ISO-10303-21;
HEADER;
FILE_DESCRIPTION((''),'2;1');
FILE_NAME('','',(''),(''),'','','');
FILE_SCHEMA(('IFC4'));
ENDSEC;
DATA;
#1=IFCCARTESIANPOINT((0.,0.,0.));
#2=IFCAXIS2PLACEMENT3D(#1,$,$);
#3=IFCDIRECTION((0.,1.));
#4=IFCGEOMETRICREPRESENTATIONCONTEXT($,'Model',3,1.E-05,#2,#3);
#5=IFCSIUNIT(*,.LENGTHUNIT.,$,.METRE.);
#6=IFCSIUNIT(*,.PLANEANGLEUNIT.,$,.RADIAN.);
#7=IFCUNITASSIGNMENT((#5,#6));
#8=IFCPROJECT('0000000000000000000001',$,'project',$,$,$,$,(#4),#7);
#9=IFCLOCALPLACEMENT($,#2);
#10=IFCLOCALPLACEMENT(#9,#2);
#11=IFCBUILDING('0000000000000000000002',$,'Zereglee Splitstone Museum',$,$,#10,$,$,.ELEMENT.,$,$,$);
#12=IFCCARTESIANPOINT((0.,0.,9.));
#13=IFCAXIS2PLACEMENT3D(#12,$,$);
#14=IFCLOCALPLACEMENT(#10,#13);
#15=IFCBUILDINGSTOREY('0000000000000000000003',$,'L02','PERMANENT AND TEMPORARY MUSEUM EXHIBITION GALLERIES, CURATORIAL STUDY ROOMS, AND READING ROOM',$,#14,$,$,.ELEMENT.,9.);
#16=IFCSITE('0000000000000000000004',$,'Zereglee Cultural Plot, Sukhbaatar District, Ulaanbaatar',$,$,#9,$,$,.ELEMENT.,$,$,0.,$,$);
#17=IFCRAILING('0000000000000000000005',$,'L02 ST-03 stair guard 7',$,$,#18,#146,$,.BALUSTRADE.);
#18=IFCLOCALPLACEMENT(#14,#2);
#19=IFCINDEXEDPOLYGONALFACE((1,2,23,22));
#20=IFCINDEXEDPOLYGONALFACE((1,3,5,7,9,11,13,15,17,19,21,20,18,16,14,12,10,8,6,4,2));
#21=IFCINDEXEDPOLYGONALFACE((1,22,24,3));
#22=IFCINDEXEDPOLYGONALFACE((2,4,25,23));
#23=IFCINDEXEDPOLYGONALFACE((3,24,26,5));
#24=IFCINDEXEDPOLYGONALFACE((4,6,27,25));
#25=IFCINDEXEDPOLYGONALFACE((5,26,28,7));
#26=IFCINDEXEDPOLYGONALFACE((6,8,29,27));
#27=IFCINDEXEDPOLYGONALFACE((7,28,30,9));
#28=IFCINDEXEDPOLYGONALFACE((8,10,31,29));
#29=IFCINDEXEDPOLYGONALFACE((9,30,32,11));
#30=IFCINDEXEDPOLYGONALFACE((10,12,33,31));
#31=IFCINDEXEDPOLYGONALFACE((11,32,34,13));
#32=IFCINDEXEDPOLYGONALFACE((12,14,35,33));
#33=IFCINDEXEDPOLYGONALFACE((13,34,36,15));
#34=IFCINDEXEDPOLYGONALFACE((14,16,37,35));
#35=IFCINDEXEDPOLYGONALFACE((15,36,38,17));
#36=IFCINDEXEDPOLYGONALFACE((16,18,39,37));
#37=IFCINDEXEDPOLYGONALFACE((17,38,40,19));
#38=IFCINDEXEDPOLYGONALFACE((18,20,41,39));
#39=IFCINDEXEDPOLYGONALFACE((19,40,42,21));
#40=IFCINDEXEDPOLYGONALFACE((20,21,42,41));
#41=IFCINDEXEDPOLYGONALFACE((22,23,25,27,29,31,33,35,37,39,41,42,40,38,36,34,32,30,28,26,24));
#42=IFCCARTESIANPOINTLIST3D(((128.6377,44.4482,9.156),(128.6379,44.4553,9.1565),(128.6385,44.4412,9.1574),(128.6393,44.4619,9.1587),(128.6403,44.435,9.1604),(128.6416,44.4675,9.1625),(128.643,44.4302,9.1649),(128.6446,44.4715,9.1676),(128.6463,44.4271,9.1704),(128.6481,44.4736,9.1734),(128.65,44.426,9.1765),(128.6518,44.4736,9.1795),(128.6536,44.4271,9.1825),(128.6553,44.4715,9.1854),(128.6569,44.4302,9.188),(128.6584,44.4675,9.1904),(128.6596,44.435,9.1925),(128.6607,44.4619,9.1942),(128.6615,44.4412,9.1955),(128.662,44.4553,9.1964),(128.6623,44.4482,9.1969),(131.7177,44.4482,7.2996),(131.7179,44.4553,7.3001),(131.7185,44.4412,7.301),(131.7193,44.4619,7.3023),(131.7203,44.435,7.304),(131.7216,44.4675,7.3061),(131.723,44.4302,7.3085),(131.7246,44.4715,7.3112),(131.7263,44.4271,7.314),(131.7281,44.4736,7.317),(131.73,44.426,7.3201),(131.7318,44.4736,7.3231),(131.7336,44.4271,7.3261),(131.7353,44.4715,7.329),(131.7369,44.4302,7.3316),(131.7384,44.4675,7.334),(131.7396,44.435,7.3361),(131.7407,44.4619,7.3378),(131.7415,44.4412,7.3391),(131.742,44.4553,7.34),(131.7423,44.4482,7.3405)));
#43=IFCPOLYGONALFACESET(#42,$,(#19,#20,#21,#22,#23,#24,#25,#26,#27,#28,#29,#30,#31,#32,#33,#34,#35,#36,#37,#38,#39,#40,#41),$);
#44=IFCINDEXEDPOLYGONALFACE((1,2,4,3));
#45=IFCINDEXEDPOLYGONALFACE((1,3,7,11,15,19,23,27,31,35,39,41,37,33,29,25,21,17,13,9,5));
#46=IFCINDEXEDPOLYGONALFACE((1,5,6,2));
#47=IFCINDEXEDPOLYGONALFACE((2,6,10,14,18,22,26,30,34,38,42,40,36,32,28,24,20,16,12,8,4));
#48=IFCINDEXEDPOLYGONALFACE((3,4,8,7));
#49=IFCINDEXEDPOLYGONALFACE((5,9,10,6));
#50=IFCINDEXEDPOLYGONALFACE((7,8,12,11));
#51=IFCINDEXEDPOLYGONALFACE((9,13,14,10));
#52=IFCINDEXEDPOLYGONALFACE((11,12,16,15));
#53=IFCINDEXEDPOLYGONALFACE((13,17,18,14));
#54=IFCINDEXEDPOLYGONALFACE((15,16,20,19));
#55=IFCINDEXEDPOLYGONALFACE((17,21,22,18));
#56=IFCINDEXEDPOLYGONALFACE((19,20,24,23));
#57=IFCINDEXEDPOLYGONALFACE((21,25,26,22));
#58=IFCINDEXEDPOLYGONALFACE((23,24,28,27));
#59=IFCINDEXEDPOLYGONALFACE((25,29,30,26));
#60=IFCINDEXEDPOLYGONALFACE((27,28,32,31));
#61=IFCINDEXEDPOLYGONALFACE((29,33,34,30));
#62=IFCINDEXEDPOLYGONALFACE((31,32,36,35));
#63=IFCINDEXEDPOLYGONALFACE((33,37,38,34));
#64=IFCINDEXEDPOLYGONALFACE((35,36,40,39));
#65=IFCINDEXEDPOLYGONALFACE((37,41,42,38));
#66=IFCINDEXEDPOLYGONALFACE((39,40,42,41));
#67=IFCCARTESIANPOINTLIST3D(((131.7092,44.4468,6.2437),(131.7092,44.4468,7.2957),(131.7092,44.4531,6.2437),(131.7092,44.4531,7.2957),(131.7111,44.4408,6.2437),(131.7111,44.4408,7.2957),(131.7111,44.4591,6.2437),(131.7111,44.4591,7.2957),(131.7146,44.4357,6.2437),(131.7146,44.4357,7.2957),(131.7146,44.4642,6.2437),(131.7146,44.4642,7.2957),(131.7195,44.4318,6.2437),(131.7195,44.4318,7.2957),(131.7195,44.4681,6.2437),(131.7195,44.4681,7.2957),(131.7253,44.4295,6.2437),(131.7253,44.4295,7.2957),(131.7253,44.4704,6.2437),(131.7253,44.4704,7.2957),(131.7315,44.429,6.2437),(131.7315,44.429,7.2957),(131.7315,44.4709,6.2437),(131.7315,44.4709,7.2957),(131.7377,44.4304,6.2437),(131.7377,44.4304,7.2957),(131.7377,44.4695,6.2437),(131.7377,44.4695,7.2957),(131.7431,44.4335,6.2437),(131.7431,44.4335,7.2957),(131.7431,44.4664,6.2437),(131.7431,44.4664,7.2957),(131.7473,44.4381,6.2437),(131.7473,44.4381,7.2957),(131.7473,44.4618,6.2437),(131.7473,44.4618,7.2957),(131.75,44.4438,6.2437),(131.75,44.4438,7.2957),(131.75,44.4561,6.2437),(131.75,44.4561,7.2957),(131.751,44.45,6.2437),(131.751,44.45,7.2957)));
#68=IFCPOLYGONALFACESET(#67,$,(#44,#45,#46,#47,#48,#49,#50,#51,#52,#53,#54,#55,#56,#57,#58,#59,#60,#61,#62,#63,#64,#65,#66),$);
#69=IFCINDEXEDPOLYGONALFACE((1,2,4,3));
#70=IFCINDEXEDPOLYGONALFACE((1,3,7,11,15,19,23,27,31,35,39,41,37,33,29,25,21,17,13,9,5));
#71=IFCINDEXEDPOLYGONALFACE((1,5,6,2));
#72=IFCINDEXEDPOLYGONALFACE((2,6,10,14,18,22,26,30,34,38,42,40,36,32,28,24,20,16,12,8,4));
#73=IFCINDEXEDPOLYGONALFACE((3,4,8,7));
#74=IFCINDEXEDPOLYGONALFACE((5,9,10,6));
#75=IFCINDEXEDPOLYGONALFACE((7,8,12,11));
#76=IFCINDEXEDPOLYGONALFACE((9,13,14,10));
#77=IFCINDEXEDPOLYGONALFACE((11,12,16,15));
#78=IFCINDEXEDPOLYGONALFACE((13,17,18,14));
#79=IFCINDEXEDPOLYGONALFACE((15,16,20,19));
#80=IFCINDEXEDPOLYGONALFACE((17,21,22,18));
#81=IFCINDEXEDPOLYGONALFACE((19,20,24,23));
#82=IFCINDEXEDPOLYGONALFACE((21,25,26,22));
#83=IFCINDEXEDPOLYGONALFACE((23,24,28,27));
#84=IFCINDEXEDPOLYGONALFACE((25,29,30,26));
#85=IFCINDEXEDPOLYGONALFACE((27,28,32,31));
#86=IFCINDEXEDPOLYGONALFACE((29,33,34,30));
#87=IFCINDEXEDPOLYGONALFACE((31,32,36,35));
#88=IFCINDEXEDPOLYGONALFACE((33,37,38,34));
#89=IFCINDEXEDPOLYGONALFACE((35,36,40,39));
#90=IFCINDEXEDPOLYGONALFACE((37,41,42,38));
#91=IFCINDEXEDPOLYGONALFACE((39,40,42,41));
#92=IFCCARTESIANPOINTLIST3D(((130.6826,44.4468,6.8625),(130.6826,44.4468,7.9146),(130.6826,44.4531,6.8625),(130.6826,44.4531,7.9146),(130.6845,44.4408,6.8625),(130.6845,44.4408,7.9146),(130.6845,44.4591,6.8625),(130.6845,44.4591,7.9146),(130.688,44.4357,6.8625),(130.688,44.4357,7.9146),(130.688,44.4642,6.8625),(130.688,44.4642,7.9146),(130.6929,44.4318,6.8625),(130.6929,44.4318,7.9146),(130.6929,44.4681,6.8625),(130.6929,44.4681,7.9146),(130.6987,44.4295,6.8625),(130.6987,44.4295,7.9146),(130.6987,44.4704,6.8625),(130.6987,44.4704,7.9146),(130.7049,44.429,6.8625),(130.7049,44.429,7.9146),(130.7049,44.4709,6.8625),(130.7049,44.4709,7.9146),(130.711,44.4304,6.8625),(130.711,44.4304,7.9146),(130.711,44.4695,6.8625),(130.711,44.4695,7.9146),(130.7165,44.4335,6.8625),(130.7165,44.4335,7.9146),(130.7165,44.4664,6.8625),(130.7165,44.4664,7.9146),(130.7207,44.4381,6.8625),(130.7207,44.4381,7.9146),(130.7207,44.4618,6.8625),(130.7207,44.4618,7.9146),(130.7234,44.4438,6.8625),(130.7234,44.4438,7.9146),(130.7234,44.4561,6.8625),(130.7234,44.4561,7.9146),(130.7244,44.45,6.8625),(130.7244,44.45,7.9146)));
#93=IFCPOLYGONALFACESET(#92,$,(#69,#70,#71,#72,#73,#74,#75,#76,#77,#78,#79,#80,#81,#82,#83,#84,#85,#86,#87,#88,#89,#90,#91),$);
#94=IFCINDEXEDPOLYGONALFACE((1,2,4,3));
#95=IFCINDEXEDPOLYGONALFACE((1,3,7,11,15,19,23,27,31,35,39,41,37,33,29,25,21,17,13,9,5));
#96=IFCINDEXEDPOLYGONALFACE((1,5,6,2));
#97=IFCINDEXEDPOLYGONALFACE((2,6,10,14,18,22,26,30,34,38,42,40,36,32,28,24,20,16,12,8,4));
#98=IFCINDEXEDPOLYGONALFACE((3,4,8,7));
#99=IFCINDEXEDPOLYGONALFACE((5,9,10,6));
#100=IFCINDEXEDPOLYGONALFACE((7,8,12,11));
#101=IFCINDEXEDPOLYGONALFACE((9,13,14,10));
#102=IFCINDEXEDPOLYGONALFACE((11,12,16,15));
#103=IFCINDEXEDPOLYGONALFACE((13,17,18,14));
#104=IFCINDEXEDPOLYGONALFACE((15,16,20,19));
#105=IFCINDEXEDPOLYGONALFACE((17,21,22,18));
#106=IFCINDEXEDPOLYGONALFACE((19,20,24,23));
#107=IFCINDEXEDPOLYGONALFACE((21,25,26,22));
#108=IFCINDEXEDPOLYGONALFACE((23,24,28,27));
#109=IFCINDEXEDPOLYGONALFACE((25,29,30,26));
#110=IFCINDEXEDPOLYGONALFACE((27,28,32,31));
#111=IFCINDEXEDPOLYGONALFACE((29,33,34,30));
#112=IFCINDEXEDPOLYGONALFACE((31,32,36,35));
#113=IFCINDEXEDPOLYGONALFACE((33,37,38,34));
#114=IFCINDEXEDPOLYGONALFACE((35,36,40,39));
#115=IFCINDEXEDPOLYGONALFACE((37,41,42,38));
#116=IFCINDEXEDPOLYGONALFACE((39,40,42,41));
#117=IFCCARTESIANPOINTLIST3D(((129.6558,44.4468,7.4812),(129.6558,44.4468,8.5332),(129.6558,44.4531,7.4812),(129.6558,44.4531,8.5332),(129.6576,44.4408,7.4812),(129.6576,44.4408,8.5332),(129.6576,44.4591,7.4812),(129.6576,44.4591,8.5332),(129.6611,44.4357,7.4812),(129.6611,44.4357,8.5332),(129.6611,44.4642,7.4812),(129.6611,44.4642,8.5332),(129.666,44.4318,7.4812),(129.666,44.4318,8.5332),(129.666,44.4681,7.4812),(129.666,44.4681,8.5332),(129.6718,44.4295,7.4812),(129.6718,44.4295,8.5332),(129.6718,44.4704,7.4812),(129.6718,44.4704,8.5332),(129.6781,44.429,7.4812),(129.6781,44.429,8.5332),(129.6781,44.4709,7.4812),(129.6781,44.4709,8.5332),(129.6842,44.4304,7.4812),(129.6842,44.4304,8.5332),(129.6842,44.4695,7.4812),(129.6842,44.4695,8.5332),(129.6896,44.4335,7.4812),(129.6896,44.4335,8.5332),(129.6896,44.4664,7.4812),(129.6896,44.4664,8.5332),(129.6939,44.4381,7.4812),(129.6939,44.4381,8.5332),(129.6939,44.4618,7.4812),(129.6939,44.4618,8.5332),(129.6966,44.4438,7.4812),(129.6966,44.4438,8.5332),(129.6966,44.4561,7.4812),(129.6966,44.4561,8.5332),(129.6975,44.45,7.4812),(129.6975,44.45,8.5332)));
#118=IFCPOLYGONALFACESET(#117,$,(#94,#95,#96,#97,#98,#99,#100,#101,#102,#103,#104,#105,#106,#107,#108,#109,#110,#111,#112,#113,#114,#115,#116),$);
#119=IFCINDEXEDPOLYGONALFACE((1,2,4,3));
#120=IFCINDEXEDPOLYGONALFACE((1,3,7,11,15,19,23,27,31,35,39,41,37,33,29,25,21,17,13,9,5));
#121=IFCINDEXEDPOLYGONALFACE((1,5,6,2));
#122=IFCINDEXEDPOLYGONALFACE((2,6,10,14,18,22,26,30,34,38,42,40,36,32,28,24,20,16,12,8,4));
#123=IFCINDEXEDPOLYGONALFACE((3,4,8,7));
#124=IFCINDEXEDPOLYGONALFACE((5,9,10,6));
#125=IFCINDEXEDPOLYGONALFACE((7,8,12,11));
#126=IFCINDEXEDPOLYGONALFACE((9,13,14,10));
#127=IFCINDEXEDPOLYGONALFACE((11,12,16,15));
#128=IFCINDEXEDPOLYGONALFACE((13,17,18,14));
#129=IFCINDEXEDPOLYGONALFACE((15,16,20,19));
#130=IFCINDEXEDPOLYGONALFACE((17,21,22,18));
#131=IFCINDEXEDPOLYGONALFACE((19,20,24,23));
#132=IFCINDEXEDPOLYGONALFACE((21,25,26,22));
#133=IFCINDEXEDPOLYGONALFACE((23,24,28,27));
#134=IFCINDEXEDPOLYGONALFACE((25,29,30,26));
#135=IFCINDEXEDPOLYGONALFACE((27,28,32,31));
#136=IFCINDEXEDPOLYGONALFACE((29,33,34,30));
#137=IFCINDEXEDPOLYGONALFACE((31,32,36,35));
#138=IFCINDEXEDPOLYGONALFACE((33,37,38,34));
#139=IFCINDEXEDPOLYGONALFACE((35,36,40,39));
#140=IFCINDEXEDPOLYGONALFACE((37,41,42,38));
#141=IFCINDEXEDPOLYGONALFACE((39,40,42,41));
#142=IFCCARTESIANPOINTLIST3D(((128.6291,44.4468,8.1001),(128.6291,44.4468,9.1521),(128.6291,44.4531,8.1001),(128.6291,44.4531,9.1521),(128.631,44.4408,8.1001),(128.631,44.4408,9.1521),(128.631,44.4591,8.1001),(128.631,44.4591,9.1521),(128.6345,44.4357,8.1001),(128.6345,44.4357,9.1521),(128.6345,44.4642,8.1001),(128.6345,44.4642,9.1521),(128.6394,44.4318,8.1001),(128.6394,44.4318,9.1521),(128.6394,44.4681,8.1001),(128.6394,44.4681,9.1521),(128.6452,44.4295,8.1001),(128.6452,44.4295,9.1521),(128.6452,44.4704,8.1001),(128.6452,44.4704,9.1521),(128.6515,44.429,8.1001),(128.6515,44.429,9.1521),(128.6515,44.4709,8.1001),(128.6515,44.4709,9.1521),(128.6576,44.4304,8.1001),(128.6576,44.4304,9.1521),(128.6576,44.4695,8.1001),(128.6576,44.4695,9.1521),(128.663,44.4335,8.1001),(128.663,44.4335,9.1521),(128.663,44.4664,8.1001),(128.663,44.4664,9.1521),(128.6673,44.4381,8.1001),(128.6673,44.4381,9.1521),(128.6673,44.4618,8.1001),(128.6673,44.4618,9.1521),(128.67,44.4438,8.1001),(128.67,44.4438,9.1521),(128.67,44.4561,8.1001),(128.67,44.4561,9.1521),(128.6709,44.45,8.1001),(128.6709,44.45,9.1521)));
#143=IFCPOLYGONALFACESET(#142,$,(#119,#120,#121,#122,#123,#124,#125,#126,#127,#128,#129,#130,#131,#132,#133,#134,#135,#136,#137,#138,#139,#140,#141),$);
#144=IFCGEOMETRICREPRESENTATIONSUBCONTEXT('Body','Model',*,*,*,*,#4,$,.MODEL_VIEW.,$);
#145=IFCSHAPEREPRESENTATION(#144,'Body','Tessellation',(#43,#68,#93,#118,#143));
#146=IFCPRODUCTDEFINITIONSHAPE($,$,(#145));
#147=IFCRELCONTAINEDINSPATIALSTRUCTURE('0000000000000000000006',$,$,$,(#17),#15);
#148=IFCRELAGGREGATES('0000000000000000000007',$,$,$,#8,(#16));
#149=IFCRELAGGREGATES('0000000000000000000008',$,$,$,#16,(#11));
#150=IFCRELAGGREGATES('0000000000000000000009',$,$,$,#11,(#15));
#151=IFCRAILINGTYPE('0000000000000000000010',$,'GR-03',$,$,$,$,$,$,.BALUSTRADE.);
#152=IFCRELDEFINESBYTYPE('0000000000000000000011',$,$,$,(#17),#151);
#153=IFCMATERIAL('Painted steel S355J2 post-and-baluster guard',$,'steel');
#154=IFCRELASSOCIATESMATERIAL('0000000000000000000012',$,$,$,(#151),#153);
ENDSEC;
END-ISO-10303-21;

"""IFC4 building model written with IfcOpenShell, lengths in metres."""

from ifc_helpers import new_model, si_unit, direction, frame, origin, origin_2d, place, context, subcontext, project, spatial, circle, extrude, material, type_object, element, save


model = new_model("IFC4")

# Units and contexts
model_context = context("Model", 3, precision=1e-05, world=origin(), true_north=direction((0.0, 1.0)))
body_context = subcontext(model_context, "Body", "Model", "MODEL_VIEW")
ifc_project = project(units=[si_unit("LENGTHUNIT", "METRE"), si_unit("PLANEANGLEUNIT", "RADIAN")], contexts=[model_context])

# Site, building, storey
site_placement = place(None, origin())
site = spatial("IfcSite", under=ifc_project, at=site_placement, Name="Zereglee Cultural Plot, Sukhbaatar District, Ulaanbaatar", CompositionType="ELEMENT", RefElevation=0.0)
building_placement = place(site_placement, origin())
building = spatial("IfcBuilding", under=site, at=building_placement, Name="Zereglee Splitstone Museum", CompositionType="ELEMENT")
storey_placement = place(building_placement, frame((0.0, 0.0, 9.0)))
storey = spatial("IfcBuildingStorey", under=building, at=storey_placement, Name="L02", Description="PERMANENT AND TEMPORARY MUSEUM EXHIBITION GALLERIES, CURATORIAL STUDY ROOMS, AND READING ROOM", CompositionType="ELEMENT", Elevation=9.0)

# Railing
ifc_material_1 = material(Name="Painted steel S355J2 post-and-baluster guard", Category="steel")
railing_type_1 = type_object("IfcRailingType", Name="GR-03", PredefinedType="BALUSTRADE", material=ifc_material_1)
railing_1_placement = place(storey_placement, frame((131.73, 44.45, 6.2437)))
element("IfcRailing", 1, at=railing_1_placement, inside=storey, type_object=railing_type_1, Name="L02 ST-03 stair guard 7", PredefinedType="BALUSTRADE", context=body_context, shape_type="SweptSolid", body=[
    extrude(circle(Radius=0.0239, at=origin_2d()), frame((0.0, 0.0, 1.0764), z_axis=(-0.856461, 0.0, 0.516212), x_axis=(0.0, -1.0, 0.0)), (0.0, 0.0, 1.0), 3.5962),
    extrude(circle(Radius=0.021, at=origin_2d()), origin(), (0.0, 0.0, 1.0), 1.052),
    extrude(circle(Radius=0.021, at=origin_2d()), frame((-1.0266, 0.0, 0.6189)), (0.0, 0.0, 1.0), 1.052),
    extrude(circle(Radius=0.021, at=origin_2d()), frame((-2.0535, 0.0, 1.2375)), (0.0, 0.0, 1.0), 1.052),
    extrude(circle(Radius=0.021, at=origin_2d()), frame((-3.0801, 0.0, 1.8564)), (0.0, 0.0, 1.0), 1.052),
])

save(model, "model.ifc")
